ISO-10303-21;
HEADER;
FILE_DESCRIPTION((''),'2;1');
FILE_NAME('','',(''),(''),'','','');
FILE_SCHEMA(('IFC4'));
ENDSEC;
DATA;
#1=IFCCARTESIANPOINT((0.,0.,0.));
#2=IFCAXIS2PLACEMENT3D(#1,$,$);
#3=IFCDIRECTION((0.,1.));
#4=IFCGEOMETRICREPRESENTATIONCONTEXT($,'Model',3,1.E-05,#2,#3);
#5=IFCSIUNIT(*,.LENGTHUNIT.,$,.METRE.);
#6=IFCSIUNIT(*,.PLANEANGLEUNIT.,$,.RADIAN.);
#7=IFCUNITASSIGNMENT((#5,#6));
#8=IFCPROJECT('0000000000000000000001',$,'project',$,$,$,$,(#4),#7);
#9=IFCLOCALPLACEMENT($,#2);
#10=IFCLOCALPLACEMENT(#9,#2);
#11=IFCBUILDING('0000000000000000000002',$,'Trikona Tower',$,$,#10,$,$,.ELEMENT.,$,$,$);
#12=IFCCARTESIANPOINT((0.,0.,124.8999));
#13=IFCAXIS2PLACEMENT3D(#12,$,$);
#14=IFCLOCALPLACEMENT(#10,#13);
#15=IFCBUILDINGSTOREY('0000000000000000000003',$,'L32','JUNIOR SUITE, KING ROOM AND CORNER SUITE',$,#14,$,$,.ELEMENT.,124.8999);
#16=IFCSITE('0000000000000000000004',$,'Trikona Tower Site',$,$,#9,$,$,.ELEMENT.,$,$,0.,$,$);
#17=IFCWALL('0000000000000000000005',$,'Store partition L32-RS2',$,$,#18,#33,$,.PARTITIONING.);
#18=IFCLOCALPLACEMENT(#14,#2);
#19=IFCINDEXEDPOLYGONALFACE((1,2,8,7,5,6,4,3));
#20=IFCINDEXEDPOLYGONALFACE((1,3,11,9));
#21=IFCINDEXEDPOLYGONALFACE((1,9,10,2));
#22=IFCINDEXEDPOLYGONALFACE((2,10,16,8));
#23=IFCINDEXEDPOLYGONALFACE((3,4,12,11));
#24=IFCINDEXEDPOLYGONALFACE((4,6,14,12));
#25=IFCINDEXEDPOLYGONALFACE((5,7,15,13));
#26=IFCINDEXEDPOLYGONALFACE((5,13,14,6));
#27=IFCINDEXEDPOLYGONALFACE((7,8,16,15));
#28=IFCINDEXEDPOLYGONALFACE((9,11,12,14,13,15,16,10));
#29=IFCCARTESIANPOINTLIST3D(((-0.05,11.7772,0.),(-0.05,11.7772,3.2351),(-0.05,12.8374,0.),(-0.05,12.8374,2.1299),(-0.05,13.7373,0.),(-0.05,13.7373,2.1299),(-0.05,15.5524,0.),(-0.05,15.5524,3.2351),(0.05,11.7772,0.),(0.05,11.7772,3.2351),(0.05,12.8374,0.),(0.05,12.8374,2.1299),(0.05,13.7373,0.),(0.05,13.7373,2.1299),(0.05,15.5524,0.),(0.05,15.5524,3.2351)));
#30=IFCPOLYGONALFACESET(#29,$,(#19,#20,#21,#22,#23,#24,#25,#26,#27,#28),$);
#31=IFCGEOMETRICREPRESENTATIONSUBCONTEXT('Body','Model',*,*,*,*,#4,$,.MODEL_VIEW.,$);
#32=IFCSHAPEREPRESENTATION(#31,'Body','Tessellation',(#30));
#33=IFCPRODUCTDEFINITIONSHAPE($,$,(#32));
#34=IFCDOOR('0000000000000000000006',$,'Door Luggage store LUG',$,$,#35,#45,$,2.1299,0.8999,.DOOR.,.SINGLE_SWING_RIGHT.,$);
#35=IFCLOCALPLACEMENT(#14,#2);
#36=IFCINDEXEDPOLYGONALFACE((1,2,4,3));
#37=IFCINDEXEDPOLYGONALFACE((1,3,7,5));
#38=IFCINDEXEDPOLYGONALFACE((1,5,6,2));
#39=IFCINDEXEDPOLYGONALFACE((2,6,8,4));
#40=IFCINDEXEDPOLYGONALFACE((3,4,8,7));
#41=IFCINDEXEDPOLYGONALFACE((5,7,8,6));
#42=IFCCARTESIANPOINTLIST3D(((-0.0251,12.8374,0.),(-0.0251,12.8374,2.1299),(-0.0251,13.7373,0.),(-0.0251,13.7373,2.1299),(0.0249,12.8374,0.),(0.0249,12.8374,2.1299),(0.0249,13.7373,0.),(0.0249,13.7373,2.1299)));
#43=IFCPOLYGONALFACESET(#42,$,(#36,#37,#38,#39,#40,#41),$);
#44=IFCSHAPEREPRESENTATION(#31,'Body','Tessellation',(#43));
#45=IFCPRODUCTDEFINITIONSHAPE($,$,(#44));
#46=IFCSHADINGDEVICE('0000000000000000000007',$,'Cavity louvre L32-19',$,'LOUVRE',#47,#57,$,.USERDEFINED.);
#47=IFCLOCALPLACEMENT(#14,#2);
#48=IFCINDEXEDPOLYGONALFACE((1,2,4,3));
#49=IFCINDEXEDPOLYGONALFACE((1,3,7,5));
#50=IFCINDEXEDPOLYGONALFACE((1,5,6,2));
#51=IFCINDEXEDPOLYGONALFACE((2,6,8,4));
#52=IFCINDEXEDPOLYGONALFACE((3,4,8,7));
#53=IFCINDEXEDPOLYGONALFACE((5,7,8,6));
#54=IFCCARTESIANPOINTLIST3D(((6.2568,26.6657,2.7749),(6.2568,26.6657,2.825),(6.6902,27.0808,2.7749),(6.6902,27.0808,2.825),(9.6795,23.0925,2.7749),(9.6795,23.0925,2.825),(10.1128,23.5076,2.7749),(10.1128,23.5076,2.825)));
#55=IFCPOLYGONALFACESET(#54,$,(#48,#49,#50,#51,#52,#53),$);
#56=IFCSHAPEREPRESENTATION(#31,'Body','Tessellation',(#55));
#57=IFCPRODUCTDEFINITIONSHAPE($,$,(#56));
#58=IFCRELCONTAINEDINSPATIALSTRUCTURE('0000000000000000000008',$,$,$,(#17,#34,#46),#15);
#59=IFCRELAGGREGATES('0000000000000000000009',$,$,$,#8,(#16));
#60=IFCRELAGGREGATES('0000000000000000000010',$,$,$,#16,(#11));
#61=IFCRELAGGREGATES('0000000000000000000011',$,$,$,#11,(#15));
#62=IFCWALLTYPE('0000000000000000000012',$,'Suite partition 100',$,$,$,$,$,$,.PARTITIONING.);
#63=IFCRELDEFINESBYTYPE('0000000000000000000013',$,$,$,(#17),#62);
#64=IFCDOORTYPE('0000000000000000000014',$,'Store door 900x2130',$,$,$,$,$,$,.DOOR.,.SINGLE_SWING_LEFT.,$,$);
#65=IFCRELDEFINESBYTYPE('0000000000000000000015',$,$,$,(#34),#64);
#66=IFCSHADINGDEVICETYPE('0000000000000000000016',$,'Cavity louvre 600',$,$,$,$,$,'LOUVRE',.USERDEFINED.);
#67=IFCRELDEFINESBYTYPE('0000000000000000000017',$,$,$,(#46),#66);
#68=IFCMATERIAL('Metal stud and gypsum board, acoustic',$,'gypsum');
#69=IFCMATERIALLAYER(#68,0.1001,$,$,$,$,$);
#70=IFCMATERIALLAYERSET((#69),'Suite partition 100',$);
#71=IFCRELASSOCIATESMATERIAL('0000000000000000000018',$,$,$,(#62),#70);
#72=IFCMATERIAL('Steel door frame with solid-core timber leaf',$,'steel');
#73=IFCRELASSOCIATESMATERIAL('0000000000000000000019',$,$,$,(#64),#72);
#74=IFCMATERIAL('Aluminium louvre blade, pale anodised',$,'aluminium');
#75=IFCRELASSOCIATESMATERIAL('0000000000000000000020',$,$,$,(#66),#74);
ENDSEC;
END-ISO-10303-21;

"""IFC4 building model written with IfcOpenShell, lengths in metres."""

from ifc_helpers import new_model, si_unit, direction, frame, frame_2d, origin, origin_2d, place, context, subcontext, project, spatial, rectangle, extrude, material, layer, layer_set, type_object, element, fill, save


model = new_model("IFC4")

# Units and contexts
model_context = context("Model", 3, precision=1e-05, world=origin(), true_north=direction((0.0, 1.0)))
body_context = subcontext(model_context, "Body", "Model", "MODEL_VIEW")
ifc_project = project(units=[si_unit("LENGTHUNIT", "METRE"), si_unit("PLANEANGLEUNIT", "RADIAN")], contexts=[model_context])

# Site, building, storey
site_placement = place(None, origin())
site = spatial("IfcSite", under=ifc_project, at=site_placement, Name="Trikona Tower Site", CompositionType="ELEMENT", RefElevation=0.0)
building_placement = place(site_placement, origin())
building = spatial("IfcBuilding", under=site, at=building_placement, Name="Trikona Tower", CompositionType="ELEMENT")
storey_placement = place(building_placement, frame((0.0, 0.0, 124.8999)))
storey = spatial("IfcBuildingStorey", under=building, at=storey_placement, Name="L32", Description="JUNIOR SUITE, KING ROOM AND CORNER SUITE", CompositionType="ELEMENT", Elevation=124.8999)

# Wall, opening, door
ifc_material_1 = material(Name="Metal stud and gypsum board, acoustic", Category="gypsum")
ifc_layer_1 = layer(ifc_material_1, 0.1001)
ifc_layer_set_1 = layer_set([ifc_layer_1], Name="Suite partition 100")
wall_type_1 = type_object("IfcWallType", Name="Suite partition 100", PredefinedType="PARTITIONING", material=ifc_layer_set_1)
wall_1_placement = place(storey_placement, frame((0.0, 15.5525, 0.0), z_axis=(0.0, 0.0, 1.0), x_axis=(0.0, -1.0, 0.0)))
wall_1 = element("IfcWall", 1, at=wall_1_placement, inside=storey, type_object=wall_type_1, Name="Store partition L32-RS2", PredefinedType="PARTITIONING", context=body_context, shape_type="SweptSolid", body=[
    extrude(rectangle(XDim=3.7751, YDim=0.1001, at=frame_2d((1.8877, 0.0))), origin(), (0.0, 0.0, 1.0), 3.2351),
])
opening_1_placement = place(wall_1_placement, frame((1.8152, 0.0, 0.0)))
opening_1 = element("IfcOpeningElement", 2, at=opening_1_placement, cuts=wall_1, PredefinedType="OPENING", context=body_context, shape_type="SweptSolid", body=[
    extrude(rectangle(XDim=0.8999, YDim=2.1299, at=frame_2d((0.45, 1.0649))), frame((0.0, 0.0601, 0.0), z_axis=(0.0, -1.0, 0.0), x_axis=(1.0, 0.0, 0.0)), (0.0, 0.0, 1.0), 0.1201),
])
ifc_material_2 = material(Name="Steel door frame with solid-core timber leaf", Category="steel")
door_type_1 = type_object("IfcDoorType", Name="Store door 900x2130", OperationType="SINGLE_SWING_LEFT", PredefinedType="DOOR", material=ifc_material_2)
door_1_placement = place(opening_1_placement, origin())
door_1 = element("IfcDoor", 3, at=door_1_placement, inside=storey, type_object=door_type_1, Name="Door Luggage store LUG", OperationType="SINGLE_SWING_RIGHT", OverallHeight=2.1299, OverallWidth=0.8999, PredefinedType="DOOR", context=body_context, shape_type="SweptSolid", body=[
    extrude(rectangle(XDim=0.8999, YDim=2.1299, at=frame_2d((0.45, 1.0649))), frame((0.0, 0.0249, 0.0), z_axis=(0.0, -1.0, 0.0), x_axis=(1.0, 0.0, 0.0)), (0.0, 0.0, 1.0), 0.05),
])
fill(opening_1, door_1)

# Shading device
ifc_material_3 = material(Name="Aluminium louvre blade, pale anodised", Category="aluminium")
shading_device_type = type_object("IfcShadingDeviceType", Name="Cavity louvre 600", ElementType="LOUVRE", PredefinedType="USERDEFINED", material=ifc_material_3)
shading_device_placement = place(storey_placement, frame((8.1848, 25.0867, 2.7749), z_axis=(0.0, 0.0, 1.0), x_axis=(-0.691724, 0.722162, 0.0)))
element("IfcShadingDevice", 4, at=shading_device_placement, inside=storey, type_object=shading_device_type, Name="Cavity louvre L32-19", ObjectType="LOUVRE", PredefinedType="USERDEFINED", context=body_context, shape_type="SweptSolid", body=[
    extrude(rectangle(XDim=4.948, YDim=0.6001, at=origin_2d()), origin(), (0.0, 0.0, 1.0), 0.05),
])

save(model, "model.ifc")
